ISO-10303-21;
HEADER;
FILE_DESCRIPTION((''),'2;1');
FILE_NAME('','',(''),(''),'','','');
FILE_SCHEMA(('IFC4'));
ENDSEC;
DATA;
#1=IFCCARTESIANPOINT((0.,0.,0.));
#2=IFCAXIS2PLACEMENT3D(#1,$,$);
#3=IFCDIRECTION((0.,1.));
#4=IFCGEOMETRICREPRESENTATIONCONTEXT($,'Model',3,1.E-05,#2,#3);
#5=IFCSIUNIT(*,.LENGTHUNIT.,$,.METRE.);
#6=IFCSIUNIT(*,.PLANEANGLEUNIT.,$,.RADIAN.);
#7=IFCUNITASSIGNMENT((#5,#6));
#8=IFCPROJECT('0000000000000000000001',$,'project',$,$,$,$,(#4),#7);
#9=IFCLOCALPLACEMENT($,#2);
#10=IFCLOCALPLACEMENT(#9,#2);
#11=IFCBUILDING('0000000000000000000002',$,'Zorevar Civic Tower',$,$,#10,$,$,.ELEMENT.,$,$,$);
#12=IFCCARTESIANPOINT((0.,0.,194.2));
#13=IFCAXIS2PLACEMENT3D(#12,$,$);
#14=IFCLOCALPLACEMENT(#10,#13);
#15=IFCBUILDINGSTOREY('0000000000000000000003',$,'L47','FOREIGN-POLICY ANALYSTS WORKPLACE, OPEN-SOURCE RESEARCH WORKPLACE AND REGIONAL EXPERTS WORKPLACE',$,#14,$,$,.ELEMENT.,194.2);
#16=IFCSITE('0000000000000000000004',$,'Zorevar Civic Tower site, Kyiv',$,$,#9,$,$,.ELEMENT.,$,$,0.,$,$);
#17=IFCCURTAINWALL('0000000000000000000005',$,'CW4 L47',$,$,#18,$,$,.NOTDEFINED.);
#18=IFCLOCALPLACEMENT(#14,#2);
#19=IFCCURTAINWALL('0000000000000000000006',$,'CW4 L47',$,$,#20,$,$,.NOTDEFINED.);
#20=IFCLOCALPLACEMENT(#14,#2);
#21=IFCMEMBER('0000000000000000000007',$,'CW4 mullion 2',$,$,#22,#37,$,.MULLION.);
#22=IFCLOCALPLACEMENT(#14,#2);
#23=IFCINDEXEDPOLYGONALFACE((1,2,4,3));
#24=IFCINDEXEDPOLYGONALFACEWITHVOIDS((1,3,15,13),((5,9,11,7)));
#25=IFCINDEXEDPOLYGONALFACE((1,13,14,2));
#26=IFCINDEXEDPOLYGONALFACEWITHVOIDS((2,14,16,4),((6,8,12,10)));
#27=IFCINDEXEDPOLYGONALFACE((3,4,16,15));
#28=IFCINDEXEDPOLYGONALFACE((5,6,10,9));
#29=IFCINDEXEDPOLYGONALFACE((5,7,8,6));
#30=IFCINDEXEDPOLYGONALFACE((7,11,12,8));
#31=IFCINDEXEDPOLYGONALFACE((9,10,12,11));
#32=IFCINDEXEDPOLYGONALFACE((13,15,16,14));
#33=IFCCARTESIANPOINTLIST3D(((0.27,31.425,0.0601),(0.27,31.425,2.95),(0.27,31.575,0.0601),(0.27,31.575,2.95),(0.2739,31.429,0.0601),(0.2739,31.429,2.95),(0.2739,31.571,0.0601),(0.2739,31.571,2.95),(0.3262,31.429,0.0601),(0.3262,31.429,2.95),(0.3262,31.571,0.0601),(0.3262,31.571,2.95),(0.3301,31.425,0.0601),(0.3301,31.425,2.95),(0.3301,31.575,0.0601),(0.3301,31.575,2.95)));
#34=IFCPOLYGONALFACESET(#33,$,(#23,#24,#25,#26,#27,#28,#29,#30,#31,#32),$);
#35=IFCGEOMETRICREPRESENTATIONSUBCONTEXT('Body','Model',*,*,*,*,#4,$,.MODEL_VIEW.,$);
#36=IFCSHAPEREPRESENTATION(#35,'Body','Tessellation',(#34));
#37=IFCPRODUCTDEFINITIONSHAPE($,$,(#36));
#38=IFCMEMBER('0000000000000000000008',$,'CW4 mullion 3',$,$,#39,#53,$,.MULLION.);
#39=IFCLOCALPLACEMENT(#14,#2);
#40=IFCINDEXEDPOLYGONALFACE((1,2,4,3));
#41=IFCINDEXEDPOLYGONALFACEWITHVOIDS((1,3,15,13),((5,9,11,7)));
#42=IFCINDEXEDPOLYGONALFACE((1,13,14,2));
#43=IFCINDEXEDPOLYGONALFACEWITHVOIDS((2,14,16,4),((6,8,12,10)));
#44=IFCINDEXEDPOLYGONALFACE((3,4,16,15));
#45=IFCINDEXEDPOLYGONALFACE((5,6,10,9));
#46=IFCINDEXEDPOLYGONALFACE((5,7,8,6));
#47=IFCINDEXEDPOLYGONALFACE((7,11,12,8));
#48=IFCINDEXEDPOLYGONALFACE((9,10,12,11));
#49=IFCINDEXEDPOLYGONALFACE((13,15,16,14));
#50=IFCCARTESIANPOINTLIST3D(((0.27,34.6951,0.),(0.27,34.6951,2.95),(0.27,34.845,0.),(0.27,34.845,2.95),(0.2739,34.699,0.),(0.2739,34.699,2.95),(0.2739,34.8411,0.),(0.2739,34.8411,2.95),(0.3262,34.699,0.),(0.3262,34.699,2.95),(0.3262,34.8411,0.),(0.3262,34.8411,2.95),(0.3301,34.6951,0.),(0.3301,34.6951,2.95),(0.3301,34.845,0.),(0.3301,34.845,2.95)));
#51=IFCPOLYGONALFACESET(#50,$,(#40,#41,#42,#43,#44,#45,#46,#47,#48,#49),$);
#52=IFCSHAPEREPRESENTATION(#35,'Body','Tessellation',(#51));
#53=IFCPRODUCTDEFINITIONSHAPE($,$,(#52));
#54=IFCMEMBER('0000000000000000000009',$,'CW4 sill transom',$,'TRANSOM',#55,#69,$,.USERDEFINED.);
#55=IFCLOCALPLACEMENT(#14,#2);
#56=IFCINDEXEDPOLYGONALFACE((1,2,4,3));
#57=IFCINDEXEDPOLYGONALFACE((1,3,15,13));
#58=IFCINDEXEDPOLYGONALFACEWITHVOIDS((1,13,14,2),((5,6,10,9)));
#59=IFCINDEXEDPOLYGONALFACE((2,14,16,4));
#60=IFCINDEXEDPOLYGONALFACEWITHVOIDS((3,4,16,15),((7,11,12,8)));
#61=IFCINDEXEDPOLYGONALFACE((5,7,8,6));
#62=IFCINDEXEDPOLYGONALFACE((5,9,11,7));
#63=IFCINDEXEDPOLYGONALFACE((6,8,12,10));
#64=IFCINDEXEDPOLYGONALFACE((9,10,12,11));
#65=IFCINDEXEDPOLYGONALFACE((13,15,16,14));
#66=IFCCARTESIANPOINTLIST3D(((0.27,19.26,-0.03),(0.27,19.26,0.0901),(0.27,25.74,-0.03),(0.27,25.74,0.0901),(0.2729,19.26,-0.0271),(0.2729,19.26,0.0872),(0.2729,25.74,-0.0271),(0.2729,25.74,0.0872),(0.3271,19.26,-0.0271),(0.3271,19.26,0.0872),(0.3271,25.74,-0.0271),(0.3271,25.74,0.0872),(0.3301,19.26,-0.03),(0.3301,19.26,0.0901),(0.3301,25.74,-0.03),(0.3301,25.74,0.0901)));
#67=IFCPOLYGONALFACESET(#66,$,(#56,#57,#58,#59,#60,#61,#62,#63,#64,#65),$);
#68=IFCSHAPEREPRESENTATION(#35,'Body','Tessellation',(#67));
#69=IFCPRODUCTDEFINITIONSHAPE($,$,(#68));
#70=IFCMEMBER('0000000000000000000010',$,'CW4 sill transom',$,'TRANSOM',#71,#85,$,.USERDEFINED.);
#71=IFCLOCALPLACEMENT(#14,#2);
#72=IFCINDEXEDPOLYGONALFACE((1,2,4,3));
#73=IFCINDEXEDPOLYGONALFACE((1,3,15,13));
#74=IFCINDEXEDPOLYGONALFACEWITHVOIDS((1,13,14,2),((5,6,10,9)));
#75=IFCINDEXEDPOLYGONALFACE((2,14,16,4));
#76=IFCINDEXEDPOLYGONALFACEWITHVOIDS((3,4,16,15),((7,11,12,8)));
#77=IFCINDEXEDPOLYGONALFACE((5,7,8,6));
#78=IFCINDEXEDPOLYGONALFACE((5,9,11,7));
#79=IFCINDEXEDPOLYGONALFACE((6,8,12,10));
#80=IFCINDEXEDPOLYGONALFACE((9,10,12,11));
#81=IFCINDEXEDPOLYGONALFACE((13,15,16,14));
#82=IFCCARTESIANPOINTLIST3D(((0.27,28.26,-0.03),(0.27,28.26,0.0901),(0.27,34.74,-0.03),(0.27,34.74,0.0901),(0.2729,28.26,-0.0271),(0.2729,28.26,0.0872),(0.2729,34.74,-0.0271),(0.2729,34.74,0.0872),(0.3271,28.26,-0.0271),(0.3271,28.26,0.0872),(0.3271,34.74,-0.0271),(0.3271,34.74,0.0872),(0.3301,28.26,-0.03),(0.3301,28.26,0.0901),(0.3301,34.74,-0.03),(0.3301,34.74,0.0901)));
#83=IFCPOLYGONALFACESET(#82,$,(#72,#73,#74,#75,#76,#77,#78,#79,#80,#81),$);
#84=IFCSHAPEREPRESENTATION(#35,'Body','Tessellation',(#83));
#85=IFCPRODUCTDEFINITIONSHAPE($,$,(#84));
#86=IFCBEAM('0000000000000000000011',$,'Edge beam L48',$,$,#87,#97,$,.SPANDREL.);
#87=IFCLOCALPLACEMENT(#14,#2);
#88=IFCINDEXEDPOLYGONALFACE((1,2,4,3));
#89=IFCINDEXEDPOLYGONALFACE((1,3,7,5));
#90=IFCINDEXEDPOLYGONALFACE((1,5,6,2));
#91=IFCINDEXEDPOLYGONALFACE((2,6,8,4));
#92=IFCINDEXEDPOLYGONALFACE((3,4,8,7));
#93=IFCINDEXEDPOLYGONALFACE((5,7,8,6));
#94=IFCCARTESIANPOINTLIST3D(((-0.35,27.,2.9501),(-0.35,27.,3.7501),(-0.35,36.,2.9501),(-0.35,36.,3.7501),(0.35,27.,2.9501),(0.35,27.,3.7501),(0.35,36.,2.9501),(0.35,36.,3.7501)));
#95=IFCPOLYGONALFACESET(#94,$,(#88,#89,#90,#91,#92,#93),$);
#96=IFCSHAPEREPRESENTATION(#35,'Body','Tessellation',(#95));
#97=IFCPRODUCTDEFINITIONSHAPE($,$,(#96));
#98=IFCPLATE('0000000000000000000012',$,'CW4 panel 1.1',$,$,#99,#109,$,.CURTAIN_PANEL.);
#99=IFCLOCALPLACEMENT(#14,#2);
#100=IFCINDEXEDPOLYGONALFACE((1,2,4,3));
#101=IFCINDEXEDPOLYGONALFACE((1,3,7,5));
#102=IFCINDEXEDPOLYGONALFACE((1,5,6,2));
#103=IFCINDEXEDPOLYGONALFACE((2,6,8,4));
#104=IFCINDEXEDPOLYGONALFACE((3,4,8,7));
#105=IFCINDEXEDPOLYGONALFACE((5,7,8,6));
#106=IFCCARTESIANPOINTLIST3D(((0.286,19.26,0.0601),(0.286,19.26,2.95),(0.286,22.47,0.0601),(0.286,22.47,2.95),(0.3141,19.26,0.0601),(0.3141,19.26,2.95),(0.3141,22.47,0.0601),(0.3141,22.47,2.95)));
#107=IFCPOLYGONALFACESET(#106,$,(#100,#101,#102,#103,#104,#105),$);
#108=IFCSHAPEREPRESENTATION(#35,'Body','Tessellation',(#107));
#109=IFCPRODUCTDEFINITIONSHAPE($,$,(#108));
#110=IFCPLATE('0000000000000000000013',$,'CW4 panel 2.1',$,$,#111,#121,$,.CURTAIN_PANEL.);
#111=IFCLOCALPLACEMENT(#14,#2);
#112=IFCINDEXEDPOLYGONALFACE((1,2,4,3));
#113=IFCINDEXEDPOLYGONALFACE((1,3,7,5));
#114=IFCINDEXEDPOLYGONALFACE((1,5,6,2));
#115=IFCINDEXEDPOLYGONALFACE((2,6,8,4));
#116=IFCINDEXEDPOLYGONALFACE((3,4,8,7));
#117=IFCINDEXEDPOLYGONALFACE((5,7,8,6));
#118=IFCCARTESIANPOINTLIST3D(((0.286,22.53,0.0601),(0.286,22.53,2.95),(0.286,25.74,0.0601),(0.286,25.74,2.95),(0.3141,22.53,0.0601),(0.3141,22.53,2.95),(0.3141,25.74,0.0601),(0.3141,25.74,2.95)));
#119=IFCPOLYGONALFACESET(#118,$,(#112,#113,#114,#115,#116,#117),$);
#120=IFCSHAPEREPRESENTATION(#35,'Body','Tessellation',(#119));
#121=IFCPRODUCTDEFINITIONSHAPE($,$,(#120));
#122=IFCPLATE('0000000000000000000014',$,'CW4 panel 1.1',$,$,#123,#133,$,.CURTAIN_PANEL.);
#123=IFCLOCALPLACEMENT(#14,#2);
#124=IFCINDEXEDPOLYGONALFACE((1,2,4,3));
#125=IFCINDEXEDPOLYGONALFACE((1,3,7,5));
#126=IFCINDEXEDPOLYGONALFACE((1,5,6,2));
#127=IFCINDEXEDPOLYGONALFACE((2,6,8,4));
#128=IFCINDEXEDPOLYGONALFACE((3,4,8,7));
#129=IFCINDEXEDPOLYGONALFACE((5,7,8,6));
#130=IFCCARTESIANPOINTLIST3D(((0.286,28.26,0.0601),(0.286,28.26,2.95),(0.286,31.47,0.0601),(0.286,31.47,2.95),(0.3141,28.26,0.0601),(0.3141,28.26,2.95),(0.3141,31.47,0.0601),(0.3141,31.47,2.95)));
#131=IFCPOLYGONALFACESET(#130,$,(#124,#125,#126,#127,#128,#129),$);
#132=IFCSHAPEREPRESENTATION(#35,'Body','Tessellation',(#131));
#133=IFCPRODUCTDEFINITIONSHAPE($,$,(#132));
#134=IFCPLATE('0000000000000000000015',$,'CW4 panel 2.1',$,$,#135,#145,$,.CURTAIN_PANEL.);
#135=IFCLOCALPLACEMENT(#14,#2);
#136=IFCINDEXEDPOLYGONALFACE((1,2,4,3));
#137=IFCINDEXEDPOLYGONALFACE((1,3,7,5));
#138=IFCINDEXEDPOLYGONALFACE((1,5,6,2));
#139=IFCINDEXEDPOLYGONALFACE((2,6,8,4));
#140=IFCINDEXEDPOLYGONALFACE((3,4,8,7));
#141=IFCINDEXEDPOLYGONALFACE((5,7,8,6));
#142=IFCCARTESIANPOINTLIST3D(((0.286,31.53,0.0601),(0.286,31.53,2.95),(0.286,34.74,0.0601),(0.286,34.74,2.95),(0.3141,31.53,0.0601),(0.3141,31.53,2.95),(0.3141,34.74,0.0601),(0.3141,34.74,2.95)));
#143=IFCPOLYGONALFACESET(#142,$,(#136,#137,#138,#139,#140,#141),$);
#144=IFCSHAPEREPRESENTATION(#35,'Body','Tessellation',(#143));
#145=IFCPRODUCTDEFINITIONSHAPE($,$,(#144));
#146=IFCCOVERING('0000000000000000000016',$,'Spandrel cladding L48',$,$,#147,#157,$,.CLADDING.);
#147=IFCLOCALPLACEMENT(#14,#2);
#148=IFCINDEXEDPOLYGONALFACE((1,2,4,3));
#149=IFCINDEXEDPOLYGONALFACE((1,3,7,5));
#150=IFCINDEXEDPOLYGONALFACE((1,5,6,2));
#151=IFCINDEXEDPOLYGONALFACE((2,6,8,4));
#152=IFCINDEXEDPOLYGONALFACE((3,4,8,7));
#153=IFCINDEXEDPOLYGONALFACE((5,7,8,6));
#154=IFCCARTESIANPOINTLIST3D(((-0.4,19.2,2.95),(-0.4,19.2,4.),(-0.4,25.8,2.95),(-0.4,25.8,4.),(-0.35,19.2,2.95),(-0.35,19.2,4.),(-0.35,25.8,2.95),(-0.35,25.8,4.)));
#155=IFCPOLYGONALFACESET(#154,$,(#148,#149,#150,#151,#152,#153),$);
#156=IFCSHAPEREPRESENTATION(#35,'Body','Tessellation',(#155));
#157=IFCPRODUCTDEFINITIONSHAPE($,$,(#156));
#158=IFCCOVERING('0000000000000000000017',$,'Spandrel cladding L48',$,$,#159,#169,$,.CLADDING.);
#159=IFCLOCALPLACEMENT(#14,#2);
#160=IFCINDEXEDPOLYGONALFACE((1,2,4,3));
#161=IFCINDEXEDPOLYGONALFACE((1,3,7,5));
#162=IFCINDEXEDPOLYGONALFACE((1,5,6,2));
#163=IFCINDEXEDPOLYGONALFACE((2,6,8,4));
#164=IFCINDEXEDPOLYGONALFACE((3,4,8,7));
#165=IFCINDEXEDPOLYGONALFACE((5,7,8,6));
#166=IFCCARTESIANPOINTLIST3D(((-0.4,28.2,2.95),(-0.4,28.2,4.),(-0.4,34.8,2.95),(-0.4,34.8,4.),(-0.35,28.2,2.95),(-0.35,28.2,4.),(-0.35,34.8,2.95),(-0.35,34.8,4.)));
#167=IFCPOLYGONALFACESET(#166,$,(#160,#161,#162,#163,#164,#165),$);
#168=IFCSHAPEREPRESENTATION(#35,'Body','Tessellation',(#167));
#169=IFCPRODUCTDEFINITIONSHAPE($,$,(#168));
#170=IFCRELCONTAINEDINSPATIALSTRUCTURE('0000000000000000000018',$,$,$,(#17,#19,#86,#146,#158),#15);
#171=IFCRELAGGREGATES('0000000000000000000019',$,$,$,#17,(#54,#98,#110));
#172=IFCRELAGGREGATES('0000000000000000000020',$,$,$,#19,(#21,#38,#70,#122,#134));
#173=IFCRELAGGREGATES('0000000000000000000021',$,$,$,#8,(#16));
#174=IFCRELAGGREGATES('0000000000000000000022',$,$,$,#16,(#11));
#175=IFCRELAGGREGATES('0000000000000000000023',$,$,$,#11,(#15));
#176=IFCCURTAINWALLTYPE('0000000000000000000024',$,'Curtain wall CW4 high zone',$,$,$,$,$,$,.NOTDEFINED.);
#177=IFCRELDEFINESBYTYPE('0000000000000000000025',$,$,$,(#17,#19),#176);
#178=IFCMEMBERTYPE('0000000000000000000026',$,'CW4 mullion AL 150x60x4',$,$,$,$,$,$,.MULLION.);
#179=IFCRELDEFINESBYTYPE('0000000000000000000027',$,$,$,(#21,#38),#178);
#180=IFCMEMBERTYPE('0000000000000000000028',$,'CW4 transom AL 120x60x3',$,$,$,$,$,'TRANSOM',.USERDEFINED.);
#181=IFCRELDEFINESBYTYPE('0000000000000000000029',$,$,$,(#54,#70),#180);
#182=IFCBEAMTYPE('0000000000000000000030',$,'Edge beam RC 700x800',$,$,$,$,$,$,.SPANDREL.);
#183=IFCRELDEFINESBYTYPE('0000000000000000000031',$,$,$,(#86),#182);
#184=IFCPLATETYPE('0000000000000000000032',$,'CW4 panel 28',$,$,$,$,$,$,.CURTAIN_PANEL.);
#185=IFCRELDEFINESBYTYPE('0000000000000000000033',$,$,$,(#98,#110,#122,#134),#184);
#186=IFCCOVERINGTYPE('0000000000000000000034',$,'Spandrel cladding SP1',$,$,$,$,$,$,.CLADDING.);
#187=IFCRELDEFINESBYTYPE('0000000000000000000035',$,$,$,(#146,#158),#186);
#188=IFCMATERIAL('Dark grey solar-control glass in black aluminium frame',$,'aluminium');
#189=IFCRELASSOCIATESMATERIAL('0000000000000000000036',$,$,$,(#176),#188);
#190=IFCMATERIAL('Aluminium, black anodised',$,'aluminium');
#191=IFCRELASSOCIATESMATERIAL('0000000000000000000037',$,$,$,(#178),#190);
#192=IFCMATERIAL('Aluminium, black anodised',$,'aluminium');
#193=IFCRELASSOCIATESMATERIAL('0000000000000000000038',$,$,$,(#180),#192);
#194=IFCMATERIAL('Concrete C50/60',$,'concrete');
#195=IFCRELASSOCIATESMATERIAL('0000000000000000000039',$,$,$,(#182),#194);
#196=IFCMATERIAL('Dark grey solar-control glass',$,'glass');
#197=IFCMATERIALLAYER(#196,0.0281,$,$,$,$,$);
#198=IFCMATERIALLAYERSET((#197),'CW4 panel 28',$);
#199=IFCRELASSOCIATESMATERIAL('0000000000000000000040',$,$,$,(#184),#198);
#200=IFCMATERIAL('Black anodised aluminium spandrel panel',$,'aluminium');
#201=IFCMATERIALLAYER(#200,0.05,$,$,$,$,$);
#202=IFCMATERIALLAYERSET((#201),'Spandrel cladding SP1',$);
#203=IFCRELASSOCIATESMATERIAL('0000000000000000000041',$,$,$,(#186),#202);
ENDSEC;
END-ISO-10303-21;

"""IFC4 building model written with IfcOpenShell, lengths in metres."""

from ifc_helpers import new_model, si_unit, direction, frame, frame_2d, origin, origin_2d, place, context, subcontext, project, spatial, rectangle, hollow_rectangle, extrude, material, layer, layer_set, material_profile, profile_set, type_object, element, aggregate, save


model = new_model("IFC4")

# Units and contexts
model_context = context("Model", 3, precision=1e-05, world=origin(), true_north=direction((0.0, 1.0)))
body_context = subcontext(model_context, "Body", "Model", "MODEL_VIEW")
ifc_project = project(units=[si_unit("LENGTHUNIT", "METRE"), si_unit("PLANEANGLEUNIT", "RADIAN")], contexts=[model_context])

# Site, building, storey
site_placement = place(None, origin())
site = spatial("IfcSite", under=ifc_project, at=site_placement, Name="Zorevar Civic Tower site, Kyiv", CompositionType="ELEMENT", RefElevation=0.0)
building_placement = place(site_placement, origin())
building = spatial("IfcBuilding", under=site, at=building_placement, Name="Zorevar Civic Tower", CompositionType="ELEMENT")
storey_placement = place(building_placement, frame((0.0, 0.0, 194.2)))
storey = spatial("IfcBuildingStorey", under=building, at=storey_placement, Name="L47", Description="FOREIGN-POLICY ANALYSTS WORKPLACE, OPEN-SOURCE RESEARCH WORKPLACE AND REGIONAL EXPERTS WORKPLACE", CompositionType="ELEMENT", Elevation=194.2)

# Curtain walls, members
ifc_material_1 = material(Name="Dark grey solar-control glass in black aluminium frame", Category="aluminium")
curtain_wall_type = type_object("IfcCurtainWallType", Name="Curtain wall CW4 high zone", PredefinedType="NOTDEFINED", material=ifc_material_1)
curtain_wall_1_placement = place(storey_placement, origin())
curtain_wall_1 = element("IfcCurtainWall", 1, at=curtain_wall_1_placement, inside=storey, type_object=curtain_wall_type, Name="CW4 L47", PredefinedType="NOTDEFINED")
ifc_material_2 = material(Name="Aluminium, black anodised", Category="aluminium")
ifc_material_profile_1 = material_profile(ifc_material_2, hollow_rectangle(XDim=0.0601, YDim=0.1499, WallThickness=0.0039, at=origin_2d()), Name="AL 150x60x4")
ifc_profile_set_1 = profile_set([ifc_material_profile_1], Name="Aluminium, black anodised")
member_type_1 = type_object("IfcMemberType", Name="CW4 mullion AL 150x60x4", PredefinedType="MULLION", material=ifc_profile_set_1)
curtain_wall_2_placement = place(storey_placement, origin())
curtain_wall_2 = element("IfcCurtainWall", 2, at=curtain_wall_2_placement, inside=storey, type_object=curtain_wall_type, Name="CW4 L47", PredefinedType="NOTDEFINED")
member_1_placement = place(storey_placement, frame((0.3, 31.5, 0.0601), z_axis=(0.0, 0.0, 1.0), x_axis=(-1.0, 0.0, 0.0)))
member_1 = element("IfcMember", 3, at=member_1_placement, type_object=member_type_1, Name="CW4 mullion 2", PredefinedType="MULLION", context=body_context, shape_type="SweptSolid", body=[
    extrude(hollow_rectangle(XDim=0.0601, YDim=0.1499, WallThickness=0.0039, at=origin_2d()), origin(), (0.0, 0.0, 1.0), 2.8899),
])
member_2_placement = place(storey_placement, frame((0.3, 34.77, 0.0), z_axis=(0.0, 0.0, 1.0), x_axis=(-1.0, 0.0, 0.0)))
member_2 = element("IfcMember", 4, at=member_2_placement, type_object=member_type_1, Name="CW4 mullion 3", PredefinedType="MULLION", context=body_context, shape_type="SweptSolid", body=[
    extrude(hollow_rectangle(XDim=0.0601, YDim=0.1499, WallThickness=0.0039, at=origin_2d()), origin(), (0.0, 0.0, 1.0), 2.95),
])

# Members
ifc_material_3 = material(Name="Aluminium, black anodised", Category="aluminium")
ifc_material_profile_2 = material_profile(ifc_material_3, hollow_rectangle(XDim=0.0601, YDim=0.1201, WallThickness=0.0029, at=origin_2d()), Name="AL 120x60x3")
ifc_profile_set_2 = profile_set([ifc_material_profile_2], Name="Aluminium, black anodised")
member_type_2 = type_object("IfcMemberType", Name="CW4 transom AL 120x60x3", ElementType="TRANSOM", PredefinedType="USERDEFINED", material=ifc_profile_set_2)
member_3_placement = place(storey_placement, frame((0.3, 19.26, 0.03), z_axis=(0.0, 1.0, 0.0), x_axis=(-1.0, 0.0, 0.0)))
member_3 = element("IfcMember", 5, at=member_3_placement, type_object=member_type_2, Name="CW4 sill transom", ObjectType="TRANSOM", PredefinedType="USERDEFINED", context=body_context, shape_type="SweptSolid", body=[
    extrude(hollow_rectangle(XDim=0.0601, YDim=0.1201, WallThickness=0.0029, at=origin_2d()), origin(), (0.0, 0.0, 1.0), 6.48),
])
member_4_placement = place(storey_placement, frame((0.3, 28.26, 0.03), z_axis=(0.0, 1.0, 0.0), x_axis=(-1.0, 0.0, 0.0)))
member_4 = element("IfcMember", 6, at=member_4_placement, type_object=member_type_2, Name="CW4 sill transom", ObjectType="TRANSOM", PredefinedType="USERDEFINED", context=body_context, shape_type="SweptSolid", body=[
    extrude(hollow_rectangle(XDim=0.0601, YDim=0.1201, WallThickness=0.0029, at=origin_2d()), origin(), (0.0, 0.0, 1.0), 6.48),
])

# Beam
ifc_material_4 = material(Name="Concrete C50/60", Category="concrete")
ifc_material_profile_3 = material_profile(ifc_material_4, rectangle(XDim=0.7, YDim=0.8, at=origin_2d()), Name="RC 700x800")
ifc_profile_set_3 = profile_set([ifc_material_profile_3], Name="Concrete C50/60")
beam_type_1 = type_object("IfcBeamType", Name="Edge beam RC 700x800", PredefinedType="SPANDREL", material=ifc_profile_set_3)
beam_1_placement = place(storey_placement, frame((0.0, 27.0, 3.3501), z_axis=(0.0, 1.0, 0.0), x_axis=(-1.0, 0.0, 0.0)))
element("IfcBeam", 7, at=beam_1_placement, inside=storey, type_object=beam_type_1, Name="Edge beam L48", PredefinedType="SPANDREL", context=body_context, shape_type="SweptSolid", body=[
    extrude(rectangle(XDim=0.7, YDim=0.8, at=origin_2d()), origin(), (0.0, 0.0, 1.0), 9.0),
])

# Plates
ifc_material_5 = material(Name="Dark grey solar-control glass", Category="glass")
ifc_layer_1 = layer(ifc_material_5, 0.0281)
ifc_layer_set_1 = layer_set([ifc_layer_1], Name="CW4 panel 28")
plate_type = type_object("IfcPlateType", Name="CW4 panel 28", PredefinedType="CURTAIN_PANEL", material=ifc_layer_set_1)
plate_1_placement = place(storey_placement, frame((0.3, 20.865, 0.0601), z_axis=(0.0, 0.0, 1.0), x_axis=(0.0, 1.0, 0.0)))
plate_1 = element("IfcPlate", 8, at=plate_1_placement, type_object=plate_type, Name="CW4 panel 1.1", PredefinedType="CURTAIN_PANEL", context=body_context, shape_type="SweptSolid", body=[
    extrude(rectangle(XDim=3.21, YDim=0.0281, at=origin_2d()), origin(), (0.0, 0.0, 1.0), 2.8899),
])
plate_2_placement = place(storey_placement, frame((0.3, 24.135, 0.0601), z_axis=(0.0, 0.0, 1.0), x_axis=(0.0, 1.0, 0.0)))
plate_2 = element("IfcPlate", 9, at=plate_2_placement, type_object=plate_type, Name="CW4 panel 2.1", PredefinedType="CURTAIN_PANEL", context=body_context, shape_type="SweptSolid", body=[
    extrude(rectangle(XDim=3.21, YDim=0.0281, at=origin_2d()), origin(), (0.0, 0.0, 1.0), 2.8899),
])
aggregate(curtain_wall_1, [member_3, plate_1, plate_2])
plate_3_placement = place(storey_placement, frame((0.3, 29.865, 0.0601), z_axis=(0.0, 0.0, 1.0), x_axis=(0.0, 1.0, 0.0)))
plate_3 = element("IfcPlate", 10, at=plate_3_placement, type_object=plate_type, Name="CW4 panel 1.1", PredefinedType="CURTAIN_PANEL", context=body_context, shape_type="SweptSolid", body=[
    extrude(rectangle(XDim=3.21, YDim=0.0281, at=origin_2d()), origin(), (0.0, 0.0, 1.0), 2.8899),
])
plate_4_placement = place(storey_placement, frame((0.3, 33.135, 0.0601), z_axis=(0.0, 0.0, 1.0), x_axis=(0.0, 1.0, 0.0)))
plate_4 = element("IfcPlate", 11, at=plate_4_placement, type_object=plate_type, Name="CW4 panel 2.1", PredefinedType="CURTAIN_PANEL", context=body_context, shape_type="SweptSolid", body=[
    extrude(rectangle(XDim=3.21, YDim=0.0281, at=origin_2d()), origin(), (0.0, 0.0, 1.0), 2.8899),
])
aggregate(curtain_wall_2, [member_1, member_2, member_4, plate_3, plate_4])

# Coverings
ifc_material_6 = material(Name="Black anodised aluminium spandrel panel", Category="aluminium")
ifc_layer_2 = layer(ifc_material_6, 0.05)
ifc_layer_set_2 = layer_set([ifc_layer_2], Name="Spandrel cladding SP1")
covering_type = type_object("IfcCoveringType", Name="Spandrel cladding SP1", PredefinedType="CLADDING", material=ifc_layer_set_2)
for number, where, z_axis, x_axis, name in (
    (12, (-0.375, 19.2, 2.95), (0.0, 0.0, 1.0), (0.0, 1.0, 0.0), "Spandrel cladding L48"),
    (13, (-0.375, 28.2, 2.95), (0.0, 0.0, 1.0), (0.0, 1.0, 0.0), "Spandrel cladding L48"),
):
    element("IfcCovering", number, at=place(storey_placement, frame(where, z_axis=z_axis, x_axis=x_axis)), inside=storey, type_object=covering_type, Name=name, PredefinedType="CLADDING", context=body_context, shape_type="SweptSolid", body=[
        extrude(rectangle(XDim=6.6001, YDim=0.05, at=frame_2d((3.3, 0.0))), origin(), (0.0, 0.0, 1.0), 1.05),
    ])

save(model, "model.ifc")
